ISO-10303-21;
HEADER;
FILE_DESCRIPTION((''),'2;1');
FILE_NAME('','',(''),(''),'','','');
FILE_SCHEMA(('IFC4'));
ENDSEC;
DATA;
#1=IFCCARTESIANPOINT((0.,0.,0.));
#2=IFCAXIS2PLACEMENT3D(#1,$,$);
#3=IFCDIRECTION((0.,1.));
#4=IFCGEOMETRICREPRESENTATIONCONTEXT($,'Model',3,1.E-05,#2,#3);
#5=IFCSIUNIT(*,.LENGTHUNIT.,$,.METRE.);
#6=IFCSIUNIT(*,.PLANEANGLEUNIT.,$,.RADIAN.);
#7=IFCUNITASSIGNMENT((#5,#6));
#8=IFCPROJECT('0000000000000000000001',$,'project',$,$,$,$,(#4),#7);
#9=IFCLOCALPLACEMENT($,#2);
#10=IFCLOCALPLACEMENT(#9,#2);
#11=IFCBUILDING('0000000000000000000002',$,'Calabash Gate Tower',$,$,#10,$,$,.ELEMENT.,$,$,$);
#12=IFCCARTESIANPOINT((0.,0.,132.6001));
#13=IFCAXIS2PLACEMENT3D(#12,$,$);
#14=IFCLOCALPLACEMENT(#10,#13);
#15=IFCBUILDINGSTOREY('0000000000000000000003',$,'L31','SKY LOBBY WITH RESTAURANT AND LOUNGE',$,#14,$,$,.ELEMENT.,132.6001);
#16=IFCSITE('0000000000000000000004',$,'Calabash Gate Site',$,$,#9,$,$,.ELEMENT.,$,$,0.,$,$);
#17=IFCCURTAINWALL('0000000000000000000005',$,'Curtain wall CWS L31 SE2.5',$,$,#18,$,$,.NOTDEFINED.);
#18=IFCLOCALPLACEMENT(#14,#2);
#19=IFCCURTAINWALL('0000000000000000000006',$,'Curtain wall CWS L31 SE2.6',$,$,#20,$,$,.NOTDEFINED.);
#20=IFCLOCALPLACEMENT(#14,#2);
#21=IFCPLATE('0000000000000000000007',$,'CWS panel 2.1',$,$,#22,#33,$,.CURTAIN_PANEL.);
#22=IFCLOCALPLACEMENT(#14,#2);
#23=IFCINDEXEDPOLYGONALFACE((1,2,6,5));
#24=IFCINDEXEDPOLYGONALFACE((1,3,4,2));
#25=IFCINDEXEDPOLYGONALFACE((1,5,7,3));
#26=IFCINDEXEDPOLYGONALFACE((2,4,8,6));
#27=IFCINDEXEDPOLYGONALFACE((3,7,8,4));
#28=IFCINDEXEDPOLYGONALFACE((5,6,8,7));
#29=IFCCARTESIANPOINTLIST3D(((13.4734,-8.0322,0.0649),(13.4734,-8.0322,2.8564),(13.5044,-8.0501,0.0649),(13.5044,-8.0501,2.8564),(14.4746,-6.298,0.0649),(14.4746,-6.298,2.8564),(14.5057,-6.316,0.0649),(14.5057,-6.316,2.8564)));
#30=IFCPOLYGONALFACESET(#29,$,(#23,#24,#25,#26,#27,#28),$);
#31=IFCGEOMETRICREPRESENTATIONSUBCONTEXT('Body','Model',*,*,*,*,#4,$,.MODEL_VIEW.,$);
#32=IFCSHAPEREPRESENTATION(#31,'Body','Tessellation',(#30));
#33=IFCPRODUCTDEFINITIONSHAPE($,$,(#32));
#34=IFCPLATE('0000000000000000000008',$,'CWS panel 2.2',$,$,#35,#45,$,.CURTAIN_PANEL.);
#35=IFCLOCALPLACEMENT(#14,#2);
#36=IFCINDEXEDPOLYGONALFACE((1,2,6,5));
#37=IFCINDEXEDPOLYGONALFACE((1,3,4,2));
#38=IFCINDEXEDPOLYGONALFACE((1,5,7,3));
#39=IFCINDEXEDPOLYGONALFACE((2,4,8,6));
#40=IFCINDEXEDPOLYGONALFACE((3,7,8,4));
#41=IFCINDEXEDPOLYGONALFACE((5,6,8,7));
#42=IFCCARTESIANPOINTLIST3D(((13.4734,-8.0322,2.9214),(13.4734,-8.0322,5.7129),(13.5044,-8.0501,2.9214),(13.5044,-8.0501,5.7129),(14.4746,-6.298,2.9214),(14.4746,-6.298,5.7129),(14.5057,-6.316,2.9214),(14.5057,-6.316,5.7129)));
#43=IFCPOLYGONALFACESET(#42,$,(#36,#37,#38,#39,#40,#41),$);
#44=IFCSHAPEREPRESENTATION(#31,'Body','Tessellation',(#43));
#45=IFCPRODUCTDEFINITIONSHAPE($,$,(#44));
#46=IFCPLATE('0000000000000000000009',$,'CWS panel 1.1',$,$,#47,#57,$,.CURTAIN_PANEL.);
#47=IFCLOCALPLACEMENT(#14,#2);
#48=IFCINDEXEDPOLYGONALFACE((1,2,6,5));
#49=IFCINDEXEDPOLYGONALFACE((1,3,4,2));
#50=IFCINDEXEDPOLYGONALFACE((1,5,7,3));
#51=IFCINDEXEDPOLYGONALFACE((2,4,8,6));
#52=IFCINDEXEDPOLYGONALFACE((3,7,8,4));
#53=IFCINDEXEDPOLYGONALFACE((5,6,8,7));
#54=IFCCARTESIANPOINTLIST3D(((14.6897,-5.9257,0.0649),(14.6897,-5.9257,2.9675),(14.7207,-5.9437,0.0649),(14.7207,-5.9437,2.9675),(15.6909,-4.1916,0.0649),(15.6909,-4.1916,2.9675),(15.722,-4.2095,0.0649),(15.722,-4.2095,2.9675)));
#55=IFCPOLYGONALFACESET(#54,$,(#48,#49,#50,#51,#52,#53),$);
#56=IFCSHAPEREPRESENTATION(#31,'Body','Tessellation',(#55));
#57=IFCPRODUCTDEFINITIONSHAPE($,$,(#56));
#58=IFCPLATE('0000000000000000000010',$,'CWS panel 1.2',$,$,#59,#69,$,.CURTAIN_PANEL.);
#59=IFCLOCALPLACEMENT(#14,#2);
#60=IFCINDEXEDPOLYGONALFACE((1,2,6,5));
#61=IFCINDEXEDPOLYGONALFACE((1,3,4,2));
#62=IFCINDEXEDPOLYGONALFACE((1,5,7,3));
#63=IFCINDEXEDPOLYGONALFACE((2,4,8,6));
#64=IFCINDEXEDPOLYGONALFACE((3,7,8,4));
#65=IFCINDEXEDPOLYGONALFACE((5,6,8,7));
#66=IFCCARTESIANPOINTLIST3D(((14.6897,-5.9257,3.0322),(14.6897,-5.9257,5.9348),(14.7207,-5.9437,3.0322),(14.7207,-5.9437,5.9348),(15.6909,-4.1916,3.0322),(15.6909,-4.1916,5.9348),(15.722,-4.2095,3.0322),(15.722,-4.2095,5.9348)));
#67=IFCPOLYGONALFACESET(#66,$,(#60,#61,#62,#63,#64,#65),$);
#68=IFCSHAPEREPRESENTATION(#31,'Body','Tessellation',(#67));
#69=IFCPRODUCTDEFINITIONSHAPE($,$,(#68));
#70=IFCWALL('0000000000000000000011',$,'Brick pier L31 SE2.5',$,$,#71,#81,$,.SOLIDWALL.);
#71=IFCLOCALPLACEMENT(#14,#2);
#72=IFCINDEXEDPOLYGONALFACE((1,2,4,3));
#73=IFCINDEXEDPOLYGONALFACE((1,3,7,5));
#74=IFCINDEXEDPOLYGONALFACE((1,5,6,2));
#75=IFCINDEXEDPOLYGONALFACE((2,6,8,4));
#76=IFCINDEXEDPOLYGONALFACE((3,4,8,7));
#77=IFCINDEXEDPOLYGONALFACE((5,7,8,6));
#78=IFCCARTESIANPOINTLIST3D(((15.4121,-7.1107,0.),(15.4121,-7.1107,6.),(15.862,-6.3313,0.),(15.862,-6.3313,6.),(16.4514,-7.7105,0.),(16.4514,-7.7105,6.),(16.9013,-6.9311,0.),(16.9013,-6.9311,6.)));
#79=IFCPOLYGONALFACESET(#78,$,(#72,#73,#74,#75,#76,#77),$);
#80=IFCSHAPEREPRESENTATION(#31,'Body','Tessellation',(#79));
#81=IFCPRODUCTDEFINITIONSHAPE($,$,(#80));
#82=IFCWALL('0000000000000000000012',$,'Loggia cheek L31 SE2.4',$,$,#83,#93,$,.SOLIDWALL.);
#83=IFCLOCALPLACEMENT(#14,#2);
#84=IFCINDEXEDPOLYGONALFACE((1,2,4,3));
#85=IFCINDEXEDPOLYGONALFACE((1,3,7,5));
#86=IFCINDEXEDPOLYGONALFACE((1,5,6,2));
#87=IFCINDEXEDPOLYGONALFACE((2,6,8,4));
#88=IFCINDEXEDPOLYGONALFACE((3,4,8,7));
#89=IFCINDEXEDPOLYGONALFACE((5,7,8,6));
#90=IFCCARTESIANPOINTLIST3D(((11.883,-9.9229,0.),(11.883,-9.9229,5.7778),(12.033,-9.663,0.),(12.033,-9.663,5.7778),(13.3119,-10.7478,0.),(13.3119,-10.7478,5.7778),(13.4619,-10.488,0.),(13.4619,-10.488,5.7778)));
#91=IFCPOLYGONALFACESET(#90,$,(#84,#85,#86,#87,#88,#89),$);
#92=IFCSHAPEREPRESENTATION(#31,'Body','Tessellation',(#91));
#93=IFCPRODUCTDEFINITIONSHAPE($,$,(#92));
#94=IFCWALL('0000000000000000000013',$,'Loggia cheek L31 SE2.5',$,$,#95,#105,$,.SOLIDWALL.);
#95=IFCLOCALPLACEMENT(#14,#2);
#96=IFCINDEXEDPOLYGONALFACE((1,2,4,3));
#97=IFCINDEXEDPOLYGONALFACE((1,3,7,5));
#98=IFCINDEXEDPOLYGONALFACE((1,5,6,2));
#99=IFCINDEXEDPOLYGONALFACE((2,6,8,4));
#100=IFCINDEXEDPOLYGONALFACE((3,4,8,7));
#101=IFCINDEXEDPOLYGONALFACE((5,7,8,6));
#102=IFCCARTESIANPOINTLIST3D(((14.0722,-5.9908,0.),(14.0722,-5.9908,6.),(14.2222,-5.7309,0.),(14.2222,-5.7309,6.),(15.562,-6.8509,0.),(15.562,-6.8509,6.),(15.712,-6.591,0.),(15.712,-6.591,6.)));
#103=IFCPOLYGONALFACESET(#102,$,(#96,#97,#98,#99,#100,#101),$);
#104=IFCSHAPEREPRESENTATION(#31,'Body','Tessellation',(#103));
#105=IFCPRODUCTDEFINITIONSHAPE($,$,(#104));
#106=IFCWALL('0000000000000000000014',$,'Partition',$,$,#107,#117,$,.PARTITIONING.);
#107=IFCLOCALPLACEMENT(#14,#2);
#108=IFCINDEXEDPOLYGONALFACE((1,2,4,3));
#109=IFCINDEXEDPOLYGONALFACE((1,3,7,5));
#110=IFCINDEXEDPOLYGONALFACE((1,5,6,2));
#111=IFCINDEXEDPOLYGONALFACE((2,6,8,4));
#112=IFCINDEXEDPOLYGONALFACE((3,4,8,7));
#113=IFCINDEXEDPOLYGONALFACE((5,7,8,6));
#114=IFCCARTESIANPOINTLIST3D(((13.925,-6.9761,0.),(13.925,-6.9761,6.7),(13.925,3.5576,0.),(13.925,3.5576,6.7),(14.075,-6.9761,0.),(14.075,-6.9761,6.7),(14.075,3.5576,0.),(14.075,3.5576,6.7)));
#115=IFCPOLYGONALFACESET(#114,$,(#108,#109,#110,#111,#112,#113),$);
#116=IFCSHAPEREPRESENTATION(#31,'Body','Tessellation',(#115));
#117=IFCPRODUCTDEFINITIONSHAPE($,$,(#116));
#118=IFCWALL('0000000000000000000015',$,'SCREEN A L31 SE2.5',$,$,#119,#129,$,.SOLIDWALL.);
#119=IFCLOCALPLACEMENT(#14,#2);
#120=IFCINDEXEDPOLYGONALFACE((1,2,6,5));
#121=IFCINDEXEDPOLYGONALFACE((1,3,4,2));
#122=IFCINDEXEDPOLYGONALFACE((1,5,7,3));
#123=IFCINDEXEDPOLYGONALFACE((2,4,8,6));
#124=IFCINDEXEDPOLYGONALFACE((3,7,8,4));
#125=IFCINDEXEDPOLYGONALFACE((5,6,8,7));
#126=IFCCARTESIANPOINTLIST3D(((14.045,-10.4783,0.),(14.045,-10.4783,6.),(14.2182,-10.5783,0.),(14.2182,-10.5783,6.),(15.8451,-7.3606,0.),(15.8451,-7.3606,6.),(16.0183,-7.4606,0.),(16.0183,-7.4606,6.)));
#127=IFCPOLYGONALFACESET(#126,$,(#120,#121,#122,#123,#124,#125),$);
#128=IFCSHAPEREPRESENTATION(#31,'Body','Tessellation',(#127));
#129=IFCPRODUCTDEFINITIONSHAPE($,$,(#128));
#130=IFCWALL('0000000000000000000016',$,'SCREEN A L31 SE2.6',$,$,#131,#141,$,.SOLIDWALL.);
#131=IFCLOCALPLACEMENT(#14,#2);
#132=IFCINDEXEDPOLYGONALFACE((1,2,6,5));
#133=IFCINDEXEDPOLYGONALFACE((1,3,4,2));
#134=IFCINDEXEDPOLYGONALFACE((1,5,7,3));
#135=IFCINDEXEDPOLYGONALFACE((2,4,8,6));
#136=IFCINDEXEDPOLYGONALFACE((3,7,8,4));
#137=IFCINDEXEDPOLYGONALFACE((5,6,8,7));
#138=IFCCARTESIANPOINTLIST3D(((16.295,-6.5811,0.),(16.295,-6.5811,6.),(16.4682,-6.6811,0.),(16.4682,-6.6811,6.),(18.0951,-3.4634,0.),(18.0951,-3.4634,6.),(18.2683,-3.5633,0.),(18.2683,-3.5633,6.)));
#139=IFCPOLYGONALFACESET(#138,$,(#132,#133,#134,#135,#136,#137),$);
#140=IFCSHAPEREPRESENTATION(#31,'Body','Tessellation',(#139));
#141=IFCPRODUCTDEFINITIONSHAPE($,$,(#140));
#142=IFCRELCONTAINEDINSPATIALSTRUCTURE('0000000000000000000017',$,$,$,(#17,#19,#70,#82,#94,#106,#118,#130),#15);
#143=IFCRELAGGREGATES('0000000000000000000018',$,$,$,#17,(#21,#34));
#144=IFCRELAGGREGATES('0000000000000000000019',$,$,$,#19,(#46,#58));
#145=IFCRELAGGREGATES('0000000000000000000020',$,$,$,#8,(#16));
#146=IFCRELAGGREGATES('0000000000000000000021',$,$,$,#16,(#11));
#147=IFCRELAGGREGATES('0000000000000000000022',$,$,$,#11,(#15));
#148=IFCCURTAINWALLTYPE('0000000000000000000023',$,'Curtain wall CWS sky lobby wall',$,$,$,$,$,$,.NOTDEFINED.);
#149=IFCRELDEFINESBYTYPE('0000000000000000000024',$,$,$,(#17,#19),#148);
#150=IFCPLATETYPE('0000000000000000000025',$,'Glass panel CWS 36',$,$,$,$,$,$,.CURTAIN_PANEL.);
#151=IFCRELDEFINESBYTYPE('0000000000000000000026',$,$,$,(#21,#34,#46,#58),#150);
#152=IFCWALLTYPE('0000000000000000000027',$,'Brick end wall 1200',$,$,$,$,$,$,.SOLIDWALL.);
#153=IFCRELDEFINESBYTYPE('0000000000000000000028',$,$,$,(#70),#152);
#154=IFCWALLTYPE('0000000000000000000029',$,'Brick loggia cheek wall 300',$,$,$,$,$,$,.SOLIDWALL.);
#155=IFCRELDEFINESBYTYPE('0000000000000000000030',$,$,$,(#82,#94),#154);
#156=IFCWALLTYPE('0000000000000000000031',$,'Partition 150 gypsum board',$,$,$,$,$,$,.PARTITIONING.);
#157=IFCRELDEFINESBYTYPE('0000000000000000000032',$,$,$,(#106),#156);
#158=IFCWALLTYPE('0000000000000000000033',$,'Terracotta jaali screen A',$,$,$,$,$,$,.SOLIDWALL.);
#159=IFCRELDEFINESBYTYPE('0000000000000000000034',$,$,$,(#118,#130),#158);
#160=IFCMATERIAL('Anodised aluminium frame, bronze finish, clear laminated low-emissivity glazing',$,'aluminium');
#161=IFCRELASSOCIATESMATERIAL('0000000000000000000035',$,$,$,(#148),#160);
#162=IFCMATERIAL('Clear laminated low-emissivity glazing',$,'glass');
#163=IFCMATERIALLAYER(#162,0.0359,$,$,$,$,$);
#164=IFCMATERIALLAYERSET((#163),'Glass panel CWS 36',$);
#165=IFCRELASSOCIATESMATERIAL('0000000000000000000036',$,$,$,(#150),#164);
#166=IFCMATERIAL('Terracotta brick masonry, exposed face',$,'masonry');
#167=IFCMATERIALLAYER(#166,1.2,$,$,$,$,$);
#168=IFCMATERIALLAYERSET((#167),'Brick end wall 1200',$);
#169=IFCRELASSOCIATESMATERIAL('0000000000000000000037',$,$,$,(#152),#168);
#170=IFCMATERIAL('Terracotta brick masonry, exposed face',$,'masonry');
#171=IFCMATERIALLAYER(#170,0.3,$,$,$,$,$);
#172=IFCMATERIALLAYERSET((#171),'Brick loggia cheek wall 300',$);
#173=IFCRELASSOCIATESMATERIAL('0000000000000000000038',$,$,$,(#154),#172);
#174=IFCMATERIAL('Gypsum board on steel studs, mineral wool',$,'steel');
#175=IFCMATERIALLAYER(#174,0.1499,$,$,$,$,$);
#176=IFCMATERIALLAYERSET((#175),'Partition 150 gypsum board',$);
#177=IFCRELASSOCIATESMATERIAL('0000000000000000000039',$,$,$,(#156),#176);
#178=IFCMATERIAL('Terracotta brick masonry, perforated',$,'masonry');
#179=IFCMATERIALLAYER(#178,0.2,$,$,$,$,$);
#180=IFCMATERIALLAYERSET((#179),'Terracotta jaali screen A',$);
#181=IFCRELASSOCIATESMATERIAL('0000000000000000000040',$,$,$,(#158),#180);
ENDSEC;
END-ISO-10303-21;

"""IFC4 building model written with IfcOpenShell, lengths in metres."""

from ifc_helpers import new_model, si_unit, direction, frame, frame_2d, origin, origin_2d, place, context, subcontext, project, spatial, rectangle, extrude, material, layer, layer_set, type_object, element, aggregate, save


model = new_model("IFC4")

# Units and contexts
model_context = context("Model", 3, precision=1e-05, world=origin(), true_north=direction((0.0, 1.0)))
body_context = subcontext(model_context, "Body", "Model", "MODEL_VIEW")
ifc_project = project(units=[si_unit("LENGTHUNIT", "METRE"), si_unit("PLANEANGLEUNIT", "RADIAN")], contexts=[model_context])

# Site, building, storey
site_placement = place(None, origin())
site = spatial("IfcSite", under=ifc_project, at=site_placement, Name="Calabash Gate Site", CompositionType="ELEMENT", RefElevation=0.0)
building_placement = place(site_placement, origin())
building = spatial("IfcBuilding", under=site, at=building_placement, Name="Calabash Gate Tower", CompositionType="ELEMENT")
storey_placement = place(building_placement, frame((0.0, 0.0, 132.6001)))
storey = spatial("IfcBuildingStorey", under=building, at=storey_placement, Name="L31", Description="SKY LOBBY WITH RESTAURANT AND LOUNGE", CompositionType="ELEMENT", Elevation=132.6001)

# Shared definitions
ifc_material_1 = material(Name="Anodised aluminium frame, bronze finish, clear laminated low-emissivity glazing", Category="aluminium")
curtain_wall_type = type_object("IfcCurtainWallType", Name="Curtain wall CWS sky lobby wall", PredefinedType="NOTDEFINED", material=ifc_material_1)

# Curtain walls
curtain_wall_1_placement = place(storey_placement, origin())
curtain_wall_1 = element("IfcCurtainWall", 1, at=curtain_wall_1_placement, inside=storey, type_object=curtain_wall_type, Name="Curtain wall CWS L31 SE2.5", PredefinedType="NOTDEFINED")
curtain_wall_2_placement = place(storey_placement, origin())
curtain_wall_2 = element("IfcCurtainWall", 2, at=curtain_wall_2_placement, inside=storey, type_object=curtain_wall_type, Name="Curtain wall CWS L31 SE2.6", PredefinedType="NOTDEFINED")

# Plates
ifc_material_2 = material(Name="Clear laminated low-emissivity glazing", Category="glass")
ifc_layer_1 = layer(ifc_material_2, 0.0359)
ifc_layer_set_1 = layer_set([ifc_layer_1], Name="Glass panel CWS 36")
plate_type = type_object("IfcPlateType", Name="Glass panel CWS 36", PredefinedType="CURTAIN_PANEL", material=ifc_layer_set_1)
plate_1_placement = place(storey_placement, frame((13.9895, -7.1741, 0.0649), z_axis=(0.0, 0.0, 1.0), x_axis=(0.5, 0.866025, 0.0)))
plate_1 = element("IfcPlate", 3, at=plate_1_placement, type_object=plate_type, Name="CWS panel 2.1", PredefinedType="CURTAIN_PANEL", context=body_context, shape_type="SweptSolid", body=[
    extrude(rectangle(XDim=2.0024, YDim=0.0359, at=origin_2d()), origin(), (0.0, 0.0, 1.0), 2.7915),
])
plate_2_placement = place(storey_placement, frame((13.9895, -7.1741, 2.9214), z_axis=(0.0, 0.0, 1.0), x_axis=(0.5, 0.866025, 0.0)))
plate_2 = element("IfcPlate", 4, at=plate_2_placement, type_object=plate_type, Name="CWS panel 2.2", PredefinedType="CURTAIN_PANEL", context=body_context, shape_type="SweptSolid", body=[
    extrude(rectangle(XDim=2.0024, YDim=0.0359, at=origin_2d()), origin(), (0.0, 0.0, 1.0), 2.7915),
])
aggregate(curtain_wall_1, [plate_1, plate_2])
plate_3_placement = place(storey_placement, frame((15.2058, -5.0676, 0.0649), z_axis=(0.0, 0.0, 1.0), x_axis=(0.5, 0.866025, 0.0)))
plate_3 = element("IfcPlate", 5, at=plate_3_placement, type_object=plate_type, Name="CWS panel 1.1", PredefinedType="CURTAIN_PANEL", context=body_context, shape_type="SweptSolid", body=[
    extrude(rectangle(XDim=2.0024, YDim=0.0359, at=origin_2d()), origin(), (0.0, 0.0, 1.0), 2.9026),
])
plate_4_placement = place(storey_placement, frame((15.2058, -5.0676, 3.0322), z_axis=(0.0, 0.0, 1.0), x_axis=(0.5, 0.866025, 0.0)))
plate_4 = element("IfcPlate", 6, at=plate_4_placement, type_object=plate_type, Name="CWS panel 1.2", PredefinedType="CURTAIN_PANEL", context=body_context, shape_type="SweptSolid", body=[
    extrude(rectangle(XDim=2.0024, YDim=0.0359, at=origin_2d()), origin(), (0.0, 0.0, 1.0), 2.9026),
])
aggregate(curtain_wall_2, [plate_3, plate_4])

# Walls
ifc_material_3 = material(Name="Terracotta brick masonry, exposed face", Category="masonry")
ifc_layer_2 = layer(ifc_material_3, 1.2)
ifc_layer_set_2 = layer_set([ifc_layer_2], Name="Brick end wall 1200")
wall_type_1 = type_object("IfcWallType", Name="Brick end wall 1200", PredefinedType="SOLIDWALL", material=ifc_layer_set_2)
wall_1_placement = place(storey_placement, frame((15.637, -6.7209, 0.0), z_axis=(0.0, 0.0, 1.0), x_axis=(0.866094, -0.499881, 0.0)))
element("IfcWall", 7, at=wall_1_placement, inside=storey, type_object=wall_type_1, Name="Brick pier L31 SE2.5", PredefinedType="SOLIDWALL", context=body_context, shape_type="SweptSolid", body=[
    extrude(rectangle(XDim=1.2, YDim=0.8999, at=frame_2d((0.6001, 0.0))), origin(), (0.0, 0.0, 1.0), 6.0),
])
ifc_material_4 = material(Name="Terracotta brick masonry, exposed face", Category="masonry")
ifc_layer_3 = layer(ifc_material_4, 0.3)
ifc_layer_set_3 = layer_set([ifc_layer_3], Name="Brick loggia cheek wall 300")
wall_type_2 = type_object("IfcWallType", Name="Brick loggia cheek wall 300", PredefinedType="SOLIDWALL", material=ifc_layer_set_3)
wall_2_placement = place(storey_placement, frame((11.958, -9.793, 0.0), z_axis=(0.0, 0.0, 1.0), x_axis=(0.86604, -0.499974, 0.0)))
element("IfcWall", 8, at=wall_2_placement, inside=storey, type_object=wall_type_2, Name="Loggia cheek L31 SE2.4", PredefinedType="SOLIDWALL", context=body_context, shape_type="SweptSolid", body=[
    extrude(rectangle(XDim=1.6499, YDim=0.3, at=frame_2d((0.825, 0.0))), origin(), (0.0, 0.0, 1.0), 5.7778),
])
wall_3_placement = place(storey_placement, frame((15.637, -6.7209, 0.0), z_axis=(0.0, 0.0, 1.0), x_axis=(-0.866025, 0.500001, 0.0)))
element("IfcWall", 9, at=wall_3_placement, inside=storey, type_object=wall_type_2, Name="Loggia cheek L31 SE2.5", PredefinedType="SOLIDWALL", context=body_context, shape_type="SweptSolid", body=[
    extrude(rectangle(XDim=1.7202, YDim=0.3, at=frame_2d((0.8601, 0.0))), origin(), (0.0, 0.0, 1.0), 6.0),
])
ifc_material_5 = material(Name="Gypsum board on steel studs, mineral wool", Category="steel")
ifc_layer_4 = layer(ifc_material_5, 0.1499)
ifc_layer_set_4 = layer_set([ifc_layer_4], Name="Partition 150 gypsum board")
wall_type_3 = type_object("IfcWallType", Name="Partition 150 gypsum board", PredefinedType="PARTITIONING", material=ifc_layer_set_4)
wall_4_placement = place(storey_placement, frame((14.0, -6.9761, 0.0), z_axis=(0.0, 0.0, 1.0), x_axis=(0.0, 1.0, 0.0)))
element("IfcWall", 10, at=wall_4_placement, inside=storey, type_object=wall_type_3, Name="Partition", PredefinedType="PARTITIONING", context=body_context, shape_type="SweptSolid", body=[
    extrude(rectangle(XDim=10.5337, YDim=0.1499, at=frame_2d((5.2668, 0.0))), origin(), (0.0, 0.0, 1.0), 6.7),
])
ifc_material_6 = material(Name="Terracotta brick masonry, perforated", Category="masonry")
ifc_layer_5 = layer(ifc_material_6, 0.2)
ifc_layer_set_5 = layer_set([ifc_layer_5], Name="Terracotta jaali screen A")
wall_type_4 = type_object("IfcWallType", Name="Terracotta jaali screen A", PredefinedType="SOLIDWALL", material=ifc_layer_set_5)
for number, where, z_axis, x_axis, name in (
    (11, (14.1316, -10.5283, 0.0), (0.0, 0.0, 1.0), (0.500012, 0.866018, 0.0), "SCREEN A L31 SE2.5"),
    (12, (16.3816, -6.6311, 0.0), (0.0, 0.0, 1.0), (0.500012, 0.866018, 0.0), "SCREEN A L31 SE2.6"),
):
    element("IfcWall", number, at=place(storey_placement, frame(where, z_axis=z_axis, x_axis=x_axis)), inside=storey, type_object=wall_type_4, Name=name, PredefinedType="SOLIDWALL", context=body_context, shape_type="SweptSolid", body=[
        extrude(rectangle(XDim=3.6001, YDim=0.2, at=frame_2d((1.8, 0.0))), origin(), (0.0, 0.0, 1.0), 6.0),
    ])

save(model, "model.ifc")
